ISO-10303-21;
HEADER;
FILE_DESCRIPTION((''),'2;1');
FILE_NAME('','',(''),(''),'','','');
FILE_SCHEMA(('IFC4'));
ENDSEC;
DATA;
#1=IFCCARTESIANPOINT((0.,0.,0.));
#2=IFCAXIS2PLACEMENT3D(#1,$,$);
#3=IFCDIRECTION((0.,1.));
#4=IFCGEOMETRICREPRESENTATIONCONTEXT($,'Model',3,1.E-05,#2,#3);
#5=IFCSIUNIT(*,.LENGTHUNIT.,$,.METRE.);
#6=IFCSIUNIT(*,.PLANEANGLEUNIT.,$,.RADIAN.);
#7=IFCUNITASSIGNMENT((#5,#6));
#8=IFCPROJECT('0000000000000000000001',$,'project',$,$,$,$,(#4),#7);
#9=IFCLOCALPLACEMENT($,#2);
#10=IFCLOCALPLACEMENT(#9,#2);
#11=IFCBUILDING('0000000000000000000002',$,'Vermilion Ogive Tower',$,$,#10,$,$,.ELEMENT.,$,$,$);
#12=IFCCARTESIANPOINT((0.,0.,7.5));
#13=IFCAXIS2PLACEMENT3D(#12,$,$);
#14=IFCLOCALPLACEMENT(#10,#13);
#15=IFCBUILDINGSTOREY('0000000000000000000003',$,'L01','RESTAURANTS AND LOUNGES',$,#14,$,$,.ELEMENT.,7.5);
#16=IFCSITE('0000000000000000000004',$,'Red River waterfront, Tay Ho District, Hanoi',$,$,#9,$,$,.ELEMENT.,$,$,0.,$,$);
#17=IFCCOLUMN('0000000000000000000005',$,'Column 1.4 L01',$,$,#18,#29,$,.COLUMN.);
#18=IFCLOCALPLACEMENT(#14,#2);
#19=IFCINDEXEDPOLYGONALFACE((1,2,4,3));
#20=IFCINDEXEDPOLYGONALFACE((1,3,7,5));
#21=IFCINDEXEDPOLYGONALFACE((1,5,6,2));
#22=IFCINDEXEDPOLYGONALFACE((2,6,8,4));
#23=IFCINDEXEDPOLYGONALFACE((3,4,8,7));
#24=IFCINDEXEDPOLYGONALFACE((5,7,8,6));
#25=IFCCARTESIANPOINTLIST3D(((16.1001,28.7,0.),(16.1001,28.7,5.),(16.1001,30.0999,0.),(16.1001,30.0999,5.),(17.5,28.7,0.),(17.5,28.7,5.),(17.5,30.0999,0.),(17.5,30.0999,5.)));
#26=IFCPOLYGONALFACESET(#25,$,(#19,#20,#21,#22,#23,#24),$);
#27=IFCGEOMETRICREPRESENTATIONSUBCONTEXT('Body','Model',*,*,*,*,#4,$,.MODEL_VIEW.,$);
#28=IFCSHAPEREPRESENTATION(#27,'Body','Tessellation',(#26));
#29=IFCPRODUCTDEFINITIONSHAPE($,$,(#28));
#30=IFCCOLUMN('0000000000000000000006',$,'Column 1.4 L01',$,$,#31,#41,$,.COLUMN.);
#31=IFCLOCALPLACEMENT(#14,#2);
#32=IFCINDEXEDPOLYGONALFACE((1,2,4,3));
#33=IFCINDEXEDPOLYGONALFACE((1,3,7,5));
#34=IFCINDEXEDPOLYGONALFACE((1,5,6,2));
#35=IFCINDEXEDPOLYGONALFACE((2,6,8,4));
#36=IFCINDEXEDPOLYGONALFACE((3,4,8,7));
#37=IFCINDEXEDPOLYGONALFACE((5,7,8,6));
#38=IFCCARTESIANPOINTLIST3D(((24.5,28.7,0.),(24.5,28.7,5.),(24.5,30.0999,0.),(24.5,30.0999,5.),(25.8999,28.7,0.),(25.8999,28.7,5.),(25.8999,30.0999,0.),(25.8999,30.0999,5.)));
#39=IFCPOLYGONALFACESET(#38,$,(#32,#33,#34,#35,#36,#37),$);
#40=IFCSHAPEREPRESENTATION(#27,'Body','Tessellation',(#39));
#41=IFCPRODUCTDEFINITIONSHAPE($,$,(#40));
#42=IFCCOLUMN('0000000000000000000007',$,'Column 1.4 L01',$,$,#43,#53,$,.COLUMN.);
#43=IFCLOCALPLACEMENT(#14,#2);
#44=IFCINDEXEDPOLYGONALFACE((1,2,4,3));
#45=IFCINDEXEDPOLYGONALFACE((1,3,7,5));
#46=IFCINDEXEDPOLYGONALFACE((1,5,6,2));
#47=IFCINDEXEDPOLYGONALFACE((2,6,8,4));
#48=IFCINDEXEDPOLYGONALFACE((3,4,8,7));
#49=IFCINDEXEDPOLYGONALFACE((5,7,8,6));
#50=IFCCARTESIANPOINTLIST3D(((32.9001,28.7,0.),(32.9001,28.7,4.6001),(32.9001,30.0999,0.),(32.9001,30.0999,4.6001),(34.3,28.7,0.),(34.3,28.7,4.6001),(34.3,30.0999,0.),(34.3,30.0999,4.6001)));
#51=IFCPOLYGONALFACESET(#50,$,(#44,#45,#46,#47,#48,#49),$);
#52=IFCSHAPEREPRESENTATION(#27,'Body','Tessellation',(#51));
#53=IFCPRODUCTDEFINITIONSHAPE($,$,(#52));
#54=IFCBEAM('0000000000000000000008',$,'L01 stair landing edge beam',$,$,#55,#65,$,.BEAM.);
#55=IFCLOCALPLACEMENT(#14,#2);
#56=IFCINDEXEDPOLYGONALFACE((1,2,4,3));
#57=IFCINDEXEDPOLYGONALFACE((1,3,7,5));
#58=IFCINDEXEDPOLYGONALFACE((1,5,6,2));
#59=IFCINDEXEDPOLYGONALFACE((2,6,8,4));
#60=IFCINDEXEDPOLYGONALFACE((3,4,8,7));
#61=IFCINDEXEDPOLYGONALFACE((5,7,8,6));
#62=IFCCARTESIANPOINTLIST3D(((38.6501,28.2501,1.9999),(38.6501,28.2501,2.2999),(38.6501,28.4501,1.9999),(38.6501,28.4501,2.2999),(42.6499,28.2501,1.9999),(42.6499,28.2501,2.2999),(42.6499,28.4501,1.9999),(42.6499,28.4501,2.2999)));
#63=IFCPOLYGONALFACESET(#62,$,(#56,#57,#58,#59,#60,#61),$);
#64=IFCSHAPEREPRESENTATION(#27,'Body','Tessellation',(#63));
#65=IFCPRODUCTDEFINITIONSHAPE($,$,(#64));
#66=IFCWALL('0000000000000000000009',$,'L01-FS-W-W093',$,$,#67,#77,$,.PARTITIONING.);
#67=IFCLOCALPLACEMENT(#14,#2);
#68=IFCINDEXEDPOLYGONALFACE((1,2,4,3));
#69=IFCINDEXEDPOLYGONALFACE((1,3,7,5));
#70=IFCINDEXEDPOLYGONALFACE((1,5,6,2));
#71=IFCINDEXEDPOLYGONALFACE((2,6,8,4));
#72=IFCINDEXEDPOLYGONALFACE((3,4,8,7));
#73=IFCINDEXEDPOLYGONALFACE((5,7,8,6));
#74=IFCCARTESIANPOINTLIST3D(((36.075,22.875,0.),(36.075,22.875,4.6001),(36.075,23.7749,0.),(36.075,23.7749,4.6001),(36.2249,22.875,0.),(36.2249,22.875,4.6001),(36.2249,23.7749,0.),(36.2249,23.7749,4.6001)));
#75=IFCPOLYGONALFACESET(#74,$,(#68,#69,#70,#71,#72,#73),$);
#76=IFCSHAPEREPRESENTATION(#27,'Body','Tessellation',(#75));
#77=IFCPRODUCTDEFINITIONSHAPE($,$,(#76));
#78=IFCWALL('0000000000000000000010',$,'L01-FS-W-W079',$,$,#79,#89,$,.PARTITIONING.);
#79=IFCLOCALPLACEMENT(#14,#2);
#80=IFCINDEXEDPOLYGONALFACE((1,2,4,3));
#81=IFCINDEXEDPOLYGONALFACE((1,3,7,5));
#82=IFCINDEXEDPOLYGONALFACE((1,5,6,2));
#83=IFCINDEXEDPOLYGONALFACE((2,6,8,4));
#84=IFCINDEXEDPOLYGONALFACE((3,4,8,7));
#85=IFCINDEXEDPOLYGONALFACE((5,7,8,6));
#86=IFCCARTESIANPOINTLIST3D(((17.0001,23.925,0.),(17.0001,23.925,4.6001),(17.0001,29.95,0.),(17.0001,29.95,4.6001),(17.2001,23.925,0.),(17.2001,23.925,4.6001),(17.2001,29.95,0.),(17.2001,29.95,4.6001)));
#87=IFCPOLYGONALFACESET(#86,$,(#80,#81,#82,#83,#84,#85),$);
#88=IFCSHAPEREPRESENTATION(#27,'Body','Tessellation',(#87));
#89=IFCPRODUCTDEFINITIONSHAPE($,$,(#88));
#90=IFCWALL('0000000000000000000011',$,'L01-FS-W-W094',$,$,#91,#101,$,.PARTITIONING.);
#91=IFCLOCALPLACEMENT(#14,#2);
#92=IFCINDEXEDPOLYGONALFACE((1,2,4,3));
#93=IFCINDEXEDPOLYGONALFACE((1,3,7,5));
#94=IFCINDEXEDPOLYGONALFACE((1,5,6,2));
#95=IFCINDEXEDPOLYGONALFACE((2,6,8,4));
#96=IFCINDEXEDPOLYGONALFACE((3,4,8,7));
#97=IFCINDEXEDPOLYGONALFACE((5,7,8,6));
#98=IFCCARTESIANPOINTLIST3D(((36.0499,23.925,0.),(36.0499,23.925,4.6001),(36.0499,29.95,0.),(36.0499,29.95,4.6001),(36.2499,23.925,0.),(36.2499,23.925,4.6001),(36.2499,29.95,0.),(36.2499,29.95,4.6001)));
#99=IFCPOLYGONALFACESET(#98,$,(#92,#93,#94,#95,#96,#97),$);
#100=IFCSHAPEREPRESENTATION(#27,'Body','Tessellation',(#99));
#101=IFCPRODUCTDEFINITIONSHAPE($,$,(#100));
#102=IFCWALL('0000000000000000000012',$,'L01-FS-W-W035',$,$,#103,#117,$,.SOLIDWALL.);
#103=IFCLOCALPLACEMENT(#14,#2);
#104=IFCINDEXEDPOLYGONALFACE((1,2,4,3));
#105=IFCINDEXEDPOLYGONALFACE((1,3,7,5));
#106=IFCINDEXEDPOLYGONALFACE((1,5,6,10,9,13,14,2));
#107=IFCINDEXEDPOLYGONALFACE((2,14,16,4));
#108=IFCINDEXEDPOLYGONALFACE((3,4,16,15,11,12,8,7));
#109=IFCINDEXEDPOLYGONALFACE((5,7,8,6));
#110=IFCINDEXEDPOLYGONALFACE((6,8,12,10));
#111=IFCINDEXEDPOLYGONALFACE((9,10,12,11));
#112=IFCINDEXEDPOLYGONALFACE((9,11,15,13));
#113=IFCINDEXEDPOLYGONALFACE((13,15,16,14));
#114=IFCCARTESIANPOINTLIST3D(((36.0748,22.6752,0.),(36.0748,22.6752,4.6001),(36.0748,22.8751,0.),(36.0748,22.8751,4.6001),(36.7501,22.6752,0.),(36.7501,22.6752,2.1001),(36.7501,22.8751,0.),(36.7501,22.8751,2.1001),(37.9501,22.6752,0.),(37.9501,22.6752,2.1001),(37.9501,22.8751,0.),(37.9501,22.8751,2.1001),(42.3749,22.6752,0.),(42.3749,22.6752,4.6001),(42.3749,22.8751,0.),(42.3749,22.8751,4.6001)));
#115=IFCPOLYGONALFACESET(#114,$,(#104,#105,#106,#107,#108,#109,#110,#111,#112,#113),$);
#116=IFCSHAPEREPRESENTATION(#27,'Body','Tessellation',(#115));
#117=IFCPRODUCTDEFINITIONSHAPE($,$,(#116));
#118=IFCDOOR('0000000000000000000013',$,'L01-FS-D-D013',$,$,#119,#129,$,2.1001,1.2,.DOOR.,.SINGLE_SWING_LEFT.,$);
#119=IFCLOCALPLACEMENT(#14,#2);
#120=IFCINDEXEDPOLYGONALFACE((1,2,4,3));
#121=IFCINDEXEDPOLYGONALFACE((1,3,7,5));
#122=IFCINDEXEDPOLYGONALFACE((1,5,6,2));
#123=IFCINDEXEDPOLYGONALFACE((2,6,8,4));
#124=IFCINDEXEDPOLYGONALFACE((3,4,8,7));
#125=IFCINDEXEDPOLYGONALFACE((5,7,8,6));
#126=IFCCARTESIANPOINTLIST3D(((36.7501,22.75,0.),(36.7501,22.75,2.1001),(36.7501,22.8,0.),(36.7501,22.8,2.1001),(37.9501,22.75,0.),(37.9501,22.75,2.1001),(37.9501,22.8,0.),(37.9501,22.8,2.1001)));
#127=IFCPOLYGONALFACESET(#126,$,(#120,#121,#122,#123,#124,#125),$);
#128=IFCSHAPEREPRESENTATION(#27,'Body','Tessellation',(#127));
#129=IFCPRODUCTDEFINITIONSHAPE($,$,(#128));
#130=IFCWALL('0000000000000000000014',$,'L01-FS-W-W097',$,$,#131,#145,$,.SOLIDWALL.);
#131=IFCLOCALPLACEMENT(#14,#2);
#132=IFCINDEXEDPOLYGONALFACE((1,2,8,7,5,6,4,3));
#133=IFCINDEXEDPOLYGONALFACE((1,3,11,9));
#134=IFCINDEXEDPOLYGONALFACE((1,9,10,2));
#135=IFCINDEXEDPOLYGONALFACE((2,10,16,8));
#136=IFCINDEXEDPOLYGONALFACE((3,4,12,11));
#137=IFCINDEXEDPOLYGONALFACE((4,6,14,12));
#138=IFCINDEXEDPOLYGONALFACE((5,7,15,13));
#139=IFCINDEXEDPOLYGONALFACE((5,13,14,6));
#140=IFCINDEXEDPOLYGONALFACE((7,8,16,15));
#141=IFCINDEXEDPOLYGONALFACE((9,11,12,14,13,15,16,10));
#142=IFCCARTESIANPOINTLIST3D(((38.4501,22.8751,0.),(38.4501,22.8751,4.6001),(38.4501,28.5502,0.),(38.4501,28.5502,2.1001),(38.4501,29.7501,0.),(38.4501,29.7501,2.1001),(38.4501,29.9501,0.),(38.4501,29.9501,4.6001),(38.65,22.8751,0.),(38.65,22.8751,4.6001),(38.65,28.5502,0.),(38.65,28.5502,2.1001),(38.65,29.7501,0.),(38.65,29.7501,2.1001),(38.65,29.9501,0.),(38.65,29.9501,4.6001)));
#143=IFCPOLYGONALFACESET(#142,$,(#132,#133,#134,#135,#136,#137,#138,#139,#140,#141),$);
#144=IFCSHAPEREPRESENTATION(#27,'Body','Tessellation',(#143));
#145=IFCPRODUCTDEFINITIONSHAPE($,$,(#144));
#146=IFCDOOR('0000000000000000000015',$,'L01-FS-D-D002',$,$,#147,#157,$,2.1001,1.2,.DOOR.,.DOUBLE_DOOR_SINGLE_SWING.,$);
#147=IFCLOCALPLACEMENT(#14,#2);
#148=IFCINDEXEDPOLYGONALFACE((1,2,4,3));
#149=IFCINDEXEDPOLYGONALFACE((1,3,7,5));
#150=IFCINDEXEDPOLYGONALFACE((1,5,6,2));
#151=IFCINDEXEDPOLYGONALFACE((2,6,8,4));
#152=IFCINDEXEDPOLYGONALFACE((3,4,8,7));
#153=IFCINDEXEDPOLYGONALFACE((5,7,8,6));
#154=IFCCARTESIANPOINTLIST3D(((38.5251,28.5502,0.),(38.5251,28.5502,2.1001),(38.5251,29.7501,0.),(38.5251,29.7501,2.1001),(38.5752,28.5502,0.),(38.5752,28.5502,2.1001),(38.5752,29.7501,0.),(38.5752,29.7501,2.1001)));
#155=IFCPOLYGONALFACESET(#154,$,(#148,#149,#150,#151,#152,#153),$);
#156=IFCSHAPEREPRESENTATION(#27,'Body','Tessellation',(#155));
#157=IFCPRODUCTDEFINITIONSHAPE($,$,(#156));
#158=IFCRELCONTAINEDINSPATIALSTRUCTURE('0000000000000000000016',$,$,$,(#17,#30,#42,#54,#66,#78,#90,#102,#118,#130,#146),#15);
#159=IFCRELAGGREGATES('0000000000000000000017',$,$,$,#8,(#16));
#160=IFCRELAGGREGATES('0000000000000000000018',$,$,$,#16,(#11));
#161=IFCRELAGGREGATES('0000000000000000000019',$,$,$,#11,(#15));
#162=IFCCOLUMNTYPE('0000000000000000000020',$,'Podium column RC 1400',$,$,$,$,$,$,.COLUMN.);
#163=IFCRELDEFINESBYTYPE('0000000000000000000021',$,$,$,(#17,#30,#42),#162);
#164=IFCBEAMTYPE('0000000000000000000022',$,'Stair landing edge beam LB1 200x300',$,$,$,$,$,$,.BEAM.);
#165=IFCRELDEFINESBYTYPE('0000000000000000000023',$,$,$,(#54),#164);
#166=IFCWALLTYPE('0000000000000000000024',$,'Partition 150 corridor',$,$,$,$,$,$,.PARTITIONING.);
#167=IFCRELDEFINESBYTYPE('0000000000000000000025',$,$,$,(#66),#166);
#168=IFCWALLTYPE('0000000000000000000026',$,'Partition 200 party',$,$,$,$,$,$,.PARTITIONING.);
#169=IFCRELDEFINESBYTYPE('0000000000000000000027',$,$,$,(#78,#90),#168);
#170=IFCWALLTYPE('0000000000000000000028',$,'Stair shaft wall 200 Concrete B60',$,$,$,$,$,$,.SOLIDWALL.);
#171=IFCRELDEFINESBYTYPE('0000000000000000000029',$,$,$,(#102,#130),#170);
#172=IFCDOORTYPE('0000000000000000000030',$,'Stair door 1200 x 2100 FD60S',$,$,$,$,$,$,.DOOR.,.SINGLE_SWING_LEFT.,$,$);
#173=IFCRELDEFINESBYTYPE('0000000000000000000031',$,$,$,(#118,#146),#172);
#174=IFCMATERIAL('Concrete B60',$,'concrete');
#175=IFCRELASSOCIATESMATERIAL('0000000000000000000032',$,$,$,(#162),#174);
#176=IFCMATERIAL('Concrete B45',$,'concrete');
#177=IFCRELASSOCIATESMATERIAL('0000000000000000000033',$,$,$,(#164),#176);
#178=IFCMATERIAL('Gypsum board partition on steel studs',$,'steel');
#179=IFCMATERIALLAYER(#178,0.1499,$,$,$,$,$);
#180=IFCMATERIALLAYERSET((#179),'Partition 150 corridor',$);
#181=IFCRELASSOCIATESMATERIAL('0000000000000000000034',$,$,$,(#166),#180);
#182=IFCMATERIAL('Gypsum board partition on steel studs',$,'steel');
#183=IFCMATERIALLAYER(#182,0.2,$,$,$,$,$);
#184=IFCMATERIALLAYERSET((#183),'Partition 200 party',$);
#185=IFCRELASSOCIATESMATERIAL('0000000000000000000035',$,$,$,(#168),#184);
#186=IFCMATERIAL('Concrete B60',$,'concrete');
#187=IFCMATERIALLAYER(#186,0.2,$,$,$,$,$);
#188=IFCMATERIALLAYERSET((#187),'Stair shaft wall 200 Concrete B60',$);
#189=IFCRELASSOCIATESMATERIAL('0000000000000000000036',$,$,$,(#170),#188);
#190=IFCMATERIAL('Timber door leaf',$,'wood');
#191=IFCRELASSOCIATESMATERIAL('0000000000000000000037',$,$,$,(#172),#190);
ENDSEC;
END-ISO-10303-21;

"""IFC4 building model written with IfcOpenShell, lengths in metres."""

from ifc_helpers import new_model, si_unit, direction, frame, frame_2d, origin, origin_2d, place, context, subcontext, project, spatial, rectangle, extrude, material, layer, layer_set, material_profile, profile_set, type_object, element, fill, save


model = new_model("IFC4")

# Units and contexts
model_context = context("Model", 3, precision=1e-05, world=origin(), true_north=direction((0.0, 1.0)))
body_context = subcontext(model_context, "Body", "Model", "MODEL_VIEW")
ifc_project = project(units=[si_unit("LENGTHUNIT", "METRE"), si_unit("PLANEANGLEUNIT", "RADIAN")], contexts=[model_context])

# Site, building, storey
site_placement = place(None, origin())
site = spatial("IfcSite", under=ifc_project, at=site_placement, Name="Red River waterfront, Tay Ho District, Hanoi", CompositionType="ELEMENT", RefElevation=0.0)
building_placement = place(site_placement, origin())
building = spatial("IfcBuilding", under=site, at=building_placement, Name="Vermilion Ogive Tower", CompositionType="ELEMENT")
storey_placement = place(building_placement, frame((0.0, 0.0, 7.5)))
storey = spatial("IfcBuildingStorey", under=building, at=storey_placement, Name="L01", Description="RESTAURANTS AND LOUNGES", CompositionType="ELEMENT", Elevation=7.5)

# Columns
ifc_material_1 = material(Name="Concrete B60", Category="concrete")
ifc_material_profile_1 = material_profile(ifc_material_1, rectangle(XDim=1.3999, YDim=1.3999, at=origin_2d()), Name="RC 1400x1400")
ifc_profile_set_1 = profile_set([ifc_material_profile_1], Name="Concrete B60")
column_type = type_object("IfcColumnType", Name="Podium column RC 1400", PredefinedType="COLUMN", material=ifc_profile_set_1)
for number, where, z_axis, x_axis, name in (
    (1, (16.8, 29.3999, 0.0), (0.0, 0.0, 1.0), (1.0, 0.0, 0.0), "Column 1.4 L01"),
    (2, (25.2, 29.3999, 0.0), (0.0, 0.0, 1.0), (1.0, 0.0, 0.0), "Column 1.4 L01"),
):
    element("IfcColumn", number, at=place(storey_placement, frame(where, z_axis=z_axis, x_axis=x_axis)), inside=storey, type_object=column_type, Name=name, PredefinedType="COLUMN", context=body_context, shape_type="SweptSolid", body=[
        extrude(rectangle(XDim=1.3999, YDim=1.3999, at=origin_2d()), origin(), (0.0, 0.0, 1.0), 5.0),
    ])
column_placement = place(storey_placement, frame((33.6001, 29.3999, 0.0), z_axis=(0.0, 0.0, 1.0), x_axis=(1.0, 0.0, 0.0)))
element("IfcColumn", 3, at=column_placement, inside=storey, type_object=column_type, Name="Column 1.4 L01", PredefinedType="COLUMN", context=body_context, shape_type="SweptSolid", body=[
    extrude(rectangle(XDim=1.3999, YDim=1.3999, at=origin_2d()), origin(), (0.0, 0.0, 1.0), 4.6001),
])

# Beam
ifc_material_2 = material(Name="Concrete B45", Category="concrete")
ifc_material_profile_2 = material_profile(ifc_material_2, rectangle(XDim=0.2, YDim=0.3, at=origin_2d()), Name="RC 200x300")
ifc_profile_set_2 = profile_set([ifc_material_profile_2], Name="Concrete B45")
beam_type = type_object("IfcBeamType", Name="Stair landing edge beam LB1 200x300", PredefinedType="BEAM", material=ifc_profile_set_2)
beam_placement = place(storey_placement, frame((38.6501, 28.3501, 2.1499), z_axis=(1.0, 0.0, 0.0), x_axis=(0.0, 1.0, 0.0)))
element("IfcBeam", 4, at=beam_placement, inside=storey, type_object=beam_type, Name="L01 stair landing edge beam", PredefinedType="BEAM", context=body_context, shape_type="SweptSolid", body=[
    extrude(rectangle(XDim=0.2, YDim=0.3, at=origin_2d()), origin(), (0.0, 0.0, 1.0), 3.9998),
])

# Walls
ifc_material_3 = material(Name="Gypsum board partition on steel studs", Category="steel")
ifc_layer_1 = layer(ifc_material_3, 0.1499)
ifc_layer_set_1 = layer_set([ifc_layer_1], Name="Partition 150 corridor")
wall_type_1 = type_object("IfcWallType", Name="Partition 150 corridor", PredefinedType="PARTITIONING", material=ifc_layer_set_1)
wall_1_placement = place(storey_placement, frame((36.1499, 22.875, 0.0), z_axis=(0.0, 0.0, 1.0), x_axis=(0.0, 1.0, 0.0)))
element("IfcWall", 5, at=wall_1_placement, inside=storey, type_object=wall_type_1, Name="L01-FS-W-W093", PredefinedType="PARTITIONING", context=body_context, shape_type="SweptSolid", body=[
    extrude(rectangle(XDim=0.8999, YDim=0.1499, at=frame_2d((0.45, 0.0))), origin(), (0.0, 0.0, 1.0), 4.6001),
])
ifc_material_4 = material(Name="Gypsum board partition on steel studs", Category="steel")
ifc_layer_2 = layer(ifc_material_4, 0.2)
ifc_layer_set_2 = layer_set([ifc_layer_2], Name="Partition 200 party")
wall_type_2 = type_object("IfcWallType", Name="Partition 200 party", PredefinedType="PARTITIONING", material=ifc_layer_set_2)
for number, where, z_axis, x_axis, name in (
    (6, (17.1001, 23.925, 0.0), (0.0, 0.0, 1.0), (0.0, 1.0, 0.0), "L01-FS-W-W079"),
    (7, (36.1499, 23.925, 0.0), (0.0, 0.0, 1.0), (0.0, 1.0, 0.0), "L01-FS-W-W094"),
):
    element("IfcWall", number, at=place(storey_placement, frame(where, z_axis=z_axis, x_axis=x_axis)), inside=storey, type_object=wall_type_2, Name=name, PredefinedType="PARTITIONING", context=body_context, shape_type="SweptSolid", body=[
        extrude(rectangle(XDim=6.0249, YDim=0.2, at=frame_2d((3.0125, 0.0))), origin(), (0.0, 0.0, 1.0), 4.6001),
    ])

# Walls, openings, doors
ifc_material_5 = material(Name="Concrete B60", Category="concrete")
ifc_layer_3 = layer(ifc_material_5, 0.2)
ifc_layer_set_3 = layer_set([ifc_layer_3], Name="Stair shaft wall 200 Concrete B60")
wall_type_3 = type_object("IfcWallType", Name="Stair shaft wall 200 Concrete B60", PredefinedType="SOLIDWALL", material=ifc_layer_set_3)
wall_2_placement = place(storey_placement, frame((36.075, 22.7751, 0.0), z_axis=(0.0, 0.0, 1.0), x_axis=(1.0, 0.0, 0.0)))
wall_2 = element("IfcWall", 8, at=wall_2_placement, inside=storey, type_object=wall_type_3, Name="L01-FS-W-W035", PredefinedType="SOLIDWALL", context=body_context, shape_type="SweptSolid", body=[
    extrude(rectangle(XDim=6.3, YDim=0.2, at=frame_2d((3.1499, 0.0))), origin(), (0.0, 0.0, 1.0), 4.6001),
])
opening_1_placement = place(wall_2_placement, frame((0.675, 0.0, 0.0)))
opening_1 = element("IfcOpeningElement", 9, at=opening_1_placement, cuts=wall_2, PredefinedType="OPENING", context=body_context, shape_type="SweptSolid", body=[
    extrude(rectangle(XDim=1.2, YDim=2.1001, at=frame_2d((0.6001, 1.05))), frame((0.0, 0.1099, 0.0), z_axis=(0.0, -1.0, 0.0), x_axis=(1.0, 0.0, 0.0)), (0.0, 0.0, 1.0), 0.22),
])
ifc_material_6 = material(Name="Timber door leaf", Category="wood")
door_type = type_object("IfcDoorType", Name="Stair door 1200 x 2100 FD60S", OperationType="SINGLE_SWING_LEFT", PredefinedType="DOOR", material=ifc_material_6)
door_1_placement = place(opening_1_placement, origin())
door_1 = element("IfcDoor", 10, at=door_1_placement, inside=storey, type_object=door_type, Name="L01-FS-D-D013", OperationType="SINGLE_SWING_LEFT", OverallHeight=2.1001, OverallWidth=1.2, PredefinedType="DOOR", context=body_context, shape_type="SweptSolid", body=[
    extrude(rectangle(XDim=1.2, YDim=2.1001, at=frame_2d((0.6001, 1.05))), frame((0.0, 0.0249, 0.0), z_axis=(0.0, -1.0, 0.0), x_axis=(1.0, 0.0, 0.0)), (0.0, 0.0, 1.0), 0.05),
])
fill(opening_1, door_1)
wall_3_placement = place(storey_placement, frame((38.55, 22.875, 0.0), z_axis=(0.0, 0.0, 1.0), x_axis=(0.0, 1.0, 0.0)))
wall_3 = element("IfcWall", 11, at=wall_3_placement, inside=storey, type_object=wall_type_3, Name="L01-FS-W-W097", PredefinedType="SOLIDWALL", context=body_context, shape_type="SweptSolid", body=[
    extrude(rectangle(XDim=7.075, YDim=0.2, at=frame_2d((3.5376, 0.0))), origin(), (0.0, 0.0, 1.0), 4.6001),
])
opening_2_placement = place(wall_3_placement, frame((5.675, 0.0, 0.0)))
opening_2 = element("IfcOpeningElement", 12, at=opening_2_placement, cuts=wall_3, PredefinedType="OPENING", context=body_context, shape_type="SweptSolid", body=[
    extrude(rectangle(XDim=1.2, YDim=2.1001, at=frame_2d((0.6001, 1.05))), frame((0.0, 0.1099, 0.0), z_axis=(0.0, -1.0, 0.0), x_axis=(1.0, 0.0, 0.0)), (0.0, 0.0, 1.0), 0.22),
])
door_2_placement = place(opening_2_placement, origin())
door_2 = element("IfcDoor", 13, at=door_2_placement, inside=storey, type_object=door_type, Name="L01-FS-D-D002", OperationType="DOUBLE_DOOR_SINGLE_SWING", OverallHeight=2.1001, OverallWidth=1.2, PredefinedType="DOOR", context=body_context, shape_type="SweptSolid", body=[
    extrude(rectangle(XDim=1.2, YDim=2.1001, at=frame_2d((0.6001, 1.05))), frame((0.0, 0.0249, 0.0), z_axis=(0.0, -1.0, 0.0), x_axis=(1.0, 0.0, 0.0)), (0.0, 0.0, 1.0), 0.05),
])
fill(opening_2, door_2)

save(model, "model.ifc")
